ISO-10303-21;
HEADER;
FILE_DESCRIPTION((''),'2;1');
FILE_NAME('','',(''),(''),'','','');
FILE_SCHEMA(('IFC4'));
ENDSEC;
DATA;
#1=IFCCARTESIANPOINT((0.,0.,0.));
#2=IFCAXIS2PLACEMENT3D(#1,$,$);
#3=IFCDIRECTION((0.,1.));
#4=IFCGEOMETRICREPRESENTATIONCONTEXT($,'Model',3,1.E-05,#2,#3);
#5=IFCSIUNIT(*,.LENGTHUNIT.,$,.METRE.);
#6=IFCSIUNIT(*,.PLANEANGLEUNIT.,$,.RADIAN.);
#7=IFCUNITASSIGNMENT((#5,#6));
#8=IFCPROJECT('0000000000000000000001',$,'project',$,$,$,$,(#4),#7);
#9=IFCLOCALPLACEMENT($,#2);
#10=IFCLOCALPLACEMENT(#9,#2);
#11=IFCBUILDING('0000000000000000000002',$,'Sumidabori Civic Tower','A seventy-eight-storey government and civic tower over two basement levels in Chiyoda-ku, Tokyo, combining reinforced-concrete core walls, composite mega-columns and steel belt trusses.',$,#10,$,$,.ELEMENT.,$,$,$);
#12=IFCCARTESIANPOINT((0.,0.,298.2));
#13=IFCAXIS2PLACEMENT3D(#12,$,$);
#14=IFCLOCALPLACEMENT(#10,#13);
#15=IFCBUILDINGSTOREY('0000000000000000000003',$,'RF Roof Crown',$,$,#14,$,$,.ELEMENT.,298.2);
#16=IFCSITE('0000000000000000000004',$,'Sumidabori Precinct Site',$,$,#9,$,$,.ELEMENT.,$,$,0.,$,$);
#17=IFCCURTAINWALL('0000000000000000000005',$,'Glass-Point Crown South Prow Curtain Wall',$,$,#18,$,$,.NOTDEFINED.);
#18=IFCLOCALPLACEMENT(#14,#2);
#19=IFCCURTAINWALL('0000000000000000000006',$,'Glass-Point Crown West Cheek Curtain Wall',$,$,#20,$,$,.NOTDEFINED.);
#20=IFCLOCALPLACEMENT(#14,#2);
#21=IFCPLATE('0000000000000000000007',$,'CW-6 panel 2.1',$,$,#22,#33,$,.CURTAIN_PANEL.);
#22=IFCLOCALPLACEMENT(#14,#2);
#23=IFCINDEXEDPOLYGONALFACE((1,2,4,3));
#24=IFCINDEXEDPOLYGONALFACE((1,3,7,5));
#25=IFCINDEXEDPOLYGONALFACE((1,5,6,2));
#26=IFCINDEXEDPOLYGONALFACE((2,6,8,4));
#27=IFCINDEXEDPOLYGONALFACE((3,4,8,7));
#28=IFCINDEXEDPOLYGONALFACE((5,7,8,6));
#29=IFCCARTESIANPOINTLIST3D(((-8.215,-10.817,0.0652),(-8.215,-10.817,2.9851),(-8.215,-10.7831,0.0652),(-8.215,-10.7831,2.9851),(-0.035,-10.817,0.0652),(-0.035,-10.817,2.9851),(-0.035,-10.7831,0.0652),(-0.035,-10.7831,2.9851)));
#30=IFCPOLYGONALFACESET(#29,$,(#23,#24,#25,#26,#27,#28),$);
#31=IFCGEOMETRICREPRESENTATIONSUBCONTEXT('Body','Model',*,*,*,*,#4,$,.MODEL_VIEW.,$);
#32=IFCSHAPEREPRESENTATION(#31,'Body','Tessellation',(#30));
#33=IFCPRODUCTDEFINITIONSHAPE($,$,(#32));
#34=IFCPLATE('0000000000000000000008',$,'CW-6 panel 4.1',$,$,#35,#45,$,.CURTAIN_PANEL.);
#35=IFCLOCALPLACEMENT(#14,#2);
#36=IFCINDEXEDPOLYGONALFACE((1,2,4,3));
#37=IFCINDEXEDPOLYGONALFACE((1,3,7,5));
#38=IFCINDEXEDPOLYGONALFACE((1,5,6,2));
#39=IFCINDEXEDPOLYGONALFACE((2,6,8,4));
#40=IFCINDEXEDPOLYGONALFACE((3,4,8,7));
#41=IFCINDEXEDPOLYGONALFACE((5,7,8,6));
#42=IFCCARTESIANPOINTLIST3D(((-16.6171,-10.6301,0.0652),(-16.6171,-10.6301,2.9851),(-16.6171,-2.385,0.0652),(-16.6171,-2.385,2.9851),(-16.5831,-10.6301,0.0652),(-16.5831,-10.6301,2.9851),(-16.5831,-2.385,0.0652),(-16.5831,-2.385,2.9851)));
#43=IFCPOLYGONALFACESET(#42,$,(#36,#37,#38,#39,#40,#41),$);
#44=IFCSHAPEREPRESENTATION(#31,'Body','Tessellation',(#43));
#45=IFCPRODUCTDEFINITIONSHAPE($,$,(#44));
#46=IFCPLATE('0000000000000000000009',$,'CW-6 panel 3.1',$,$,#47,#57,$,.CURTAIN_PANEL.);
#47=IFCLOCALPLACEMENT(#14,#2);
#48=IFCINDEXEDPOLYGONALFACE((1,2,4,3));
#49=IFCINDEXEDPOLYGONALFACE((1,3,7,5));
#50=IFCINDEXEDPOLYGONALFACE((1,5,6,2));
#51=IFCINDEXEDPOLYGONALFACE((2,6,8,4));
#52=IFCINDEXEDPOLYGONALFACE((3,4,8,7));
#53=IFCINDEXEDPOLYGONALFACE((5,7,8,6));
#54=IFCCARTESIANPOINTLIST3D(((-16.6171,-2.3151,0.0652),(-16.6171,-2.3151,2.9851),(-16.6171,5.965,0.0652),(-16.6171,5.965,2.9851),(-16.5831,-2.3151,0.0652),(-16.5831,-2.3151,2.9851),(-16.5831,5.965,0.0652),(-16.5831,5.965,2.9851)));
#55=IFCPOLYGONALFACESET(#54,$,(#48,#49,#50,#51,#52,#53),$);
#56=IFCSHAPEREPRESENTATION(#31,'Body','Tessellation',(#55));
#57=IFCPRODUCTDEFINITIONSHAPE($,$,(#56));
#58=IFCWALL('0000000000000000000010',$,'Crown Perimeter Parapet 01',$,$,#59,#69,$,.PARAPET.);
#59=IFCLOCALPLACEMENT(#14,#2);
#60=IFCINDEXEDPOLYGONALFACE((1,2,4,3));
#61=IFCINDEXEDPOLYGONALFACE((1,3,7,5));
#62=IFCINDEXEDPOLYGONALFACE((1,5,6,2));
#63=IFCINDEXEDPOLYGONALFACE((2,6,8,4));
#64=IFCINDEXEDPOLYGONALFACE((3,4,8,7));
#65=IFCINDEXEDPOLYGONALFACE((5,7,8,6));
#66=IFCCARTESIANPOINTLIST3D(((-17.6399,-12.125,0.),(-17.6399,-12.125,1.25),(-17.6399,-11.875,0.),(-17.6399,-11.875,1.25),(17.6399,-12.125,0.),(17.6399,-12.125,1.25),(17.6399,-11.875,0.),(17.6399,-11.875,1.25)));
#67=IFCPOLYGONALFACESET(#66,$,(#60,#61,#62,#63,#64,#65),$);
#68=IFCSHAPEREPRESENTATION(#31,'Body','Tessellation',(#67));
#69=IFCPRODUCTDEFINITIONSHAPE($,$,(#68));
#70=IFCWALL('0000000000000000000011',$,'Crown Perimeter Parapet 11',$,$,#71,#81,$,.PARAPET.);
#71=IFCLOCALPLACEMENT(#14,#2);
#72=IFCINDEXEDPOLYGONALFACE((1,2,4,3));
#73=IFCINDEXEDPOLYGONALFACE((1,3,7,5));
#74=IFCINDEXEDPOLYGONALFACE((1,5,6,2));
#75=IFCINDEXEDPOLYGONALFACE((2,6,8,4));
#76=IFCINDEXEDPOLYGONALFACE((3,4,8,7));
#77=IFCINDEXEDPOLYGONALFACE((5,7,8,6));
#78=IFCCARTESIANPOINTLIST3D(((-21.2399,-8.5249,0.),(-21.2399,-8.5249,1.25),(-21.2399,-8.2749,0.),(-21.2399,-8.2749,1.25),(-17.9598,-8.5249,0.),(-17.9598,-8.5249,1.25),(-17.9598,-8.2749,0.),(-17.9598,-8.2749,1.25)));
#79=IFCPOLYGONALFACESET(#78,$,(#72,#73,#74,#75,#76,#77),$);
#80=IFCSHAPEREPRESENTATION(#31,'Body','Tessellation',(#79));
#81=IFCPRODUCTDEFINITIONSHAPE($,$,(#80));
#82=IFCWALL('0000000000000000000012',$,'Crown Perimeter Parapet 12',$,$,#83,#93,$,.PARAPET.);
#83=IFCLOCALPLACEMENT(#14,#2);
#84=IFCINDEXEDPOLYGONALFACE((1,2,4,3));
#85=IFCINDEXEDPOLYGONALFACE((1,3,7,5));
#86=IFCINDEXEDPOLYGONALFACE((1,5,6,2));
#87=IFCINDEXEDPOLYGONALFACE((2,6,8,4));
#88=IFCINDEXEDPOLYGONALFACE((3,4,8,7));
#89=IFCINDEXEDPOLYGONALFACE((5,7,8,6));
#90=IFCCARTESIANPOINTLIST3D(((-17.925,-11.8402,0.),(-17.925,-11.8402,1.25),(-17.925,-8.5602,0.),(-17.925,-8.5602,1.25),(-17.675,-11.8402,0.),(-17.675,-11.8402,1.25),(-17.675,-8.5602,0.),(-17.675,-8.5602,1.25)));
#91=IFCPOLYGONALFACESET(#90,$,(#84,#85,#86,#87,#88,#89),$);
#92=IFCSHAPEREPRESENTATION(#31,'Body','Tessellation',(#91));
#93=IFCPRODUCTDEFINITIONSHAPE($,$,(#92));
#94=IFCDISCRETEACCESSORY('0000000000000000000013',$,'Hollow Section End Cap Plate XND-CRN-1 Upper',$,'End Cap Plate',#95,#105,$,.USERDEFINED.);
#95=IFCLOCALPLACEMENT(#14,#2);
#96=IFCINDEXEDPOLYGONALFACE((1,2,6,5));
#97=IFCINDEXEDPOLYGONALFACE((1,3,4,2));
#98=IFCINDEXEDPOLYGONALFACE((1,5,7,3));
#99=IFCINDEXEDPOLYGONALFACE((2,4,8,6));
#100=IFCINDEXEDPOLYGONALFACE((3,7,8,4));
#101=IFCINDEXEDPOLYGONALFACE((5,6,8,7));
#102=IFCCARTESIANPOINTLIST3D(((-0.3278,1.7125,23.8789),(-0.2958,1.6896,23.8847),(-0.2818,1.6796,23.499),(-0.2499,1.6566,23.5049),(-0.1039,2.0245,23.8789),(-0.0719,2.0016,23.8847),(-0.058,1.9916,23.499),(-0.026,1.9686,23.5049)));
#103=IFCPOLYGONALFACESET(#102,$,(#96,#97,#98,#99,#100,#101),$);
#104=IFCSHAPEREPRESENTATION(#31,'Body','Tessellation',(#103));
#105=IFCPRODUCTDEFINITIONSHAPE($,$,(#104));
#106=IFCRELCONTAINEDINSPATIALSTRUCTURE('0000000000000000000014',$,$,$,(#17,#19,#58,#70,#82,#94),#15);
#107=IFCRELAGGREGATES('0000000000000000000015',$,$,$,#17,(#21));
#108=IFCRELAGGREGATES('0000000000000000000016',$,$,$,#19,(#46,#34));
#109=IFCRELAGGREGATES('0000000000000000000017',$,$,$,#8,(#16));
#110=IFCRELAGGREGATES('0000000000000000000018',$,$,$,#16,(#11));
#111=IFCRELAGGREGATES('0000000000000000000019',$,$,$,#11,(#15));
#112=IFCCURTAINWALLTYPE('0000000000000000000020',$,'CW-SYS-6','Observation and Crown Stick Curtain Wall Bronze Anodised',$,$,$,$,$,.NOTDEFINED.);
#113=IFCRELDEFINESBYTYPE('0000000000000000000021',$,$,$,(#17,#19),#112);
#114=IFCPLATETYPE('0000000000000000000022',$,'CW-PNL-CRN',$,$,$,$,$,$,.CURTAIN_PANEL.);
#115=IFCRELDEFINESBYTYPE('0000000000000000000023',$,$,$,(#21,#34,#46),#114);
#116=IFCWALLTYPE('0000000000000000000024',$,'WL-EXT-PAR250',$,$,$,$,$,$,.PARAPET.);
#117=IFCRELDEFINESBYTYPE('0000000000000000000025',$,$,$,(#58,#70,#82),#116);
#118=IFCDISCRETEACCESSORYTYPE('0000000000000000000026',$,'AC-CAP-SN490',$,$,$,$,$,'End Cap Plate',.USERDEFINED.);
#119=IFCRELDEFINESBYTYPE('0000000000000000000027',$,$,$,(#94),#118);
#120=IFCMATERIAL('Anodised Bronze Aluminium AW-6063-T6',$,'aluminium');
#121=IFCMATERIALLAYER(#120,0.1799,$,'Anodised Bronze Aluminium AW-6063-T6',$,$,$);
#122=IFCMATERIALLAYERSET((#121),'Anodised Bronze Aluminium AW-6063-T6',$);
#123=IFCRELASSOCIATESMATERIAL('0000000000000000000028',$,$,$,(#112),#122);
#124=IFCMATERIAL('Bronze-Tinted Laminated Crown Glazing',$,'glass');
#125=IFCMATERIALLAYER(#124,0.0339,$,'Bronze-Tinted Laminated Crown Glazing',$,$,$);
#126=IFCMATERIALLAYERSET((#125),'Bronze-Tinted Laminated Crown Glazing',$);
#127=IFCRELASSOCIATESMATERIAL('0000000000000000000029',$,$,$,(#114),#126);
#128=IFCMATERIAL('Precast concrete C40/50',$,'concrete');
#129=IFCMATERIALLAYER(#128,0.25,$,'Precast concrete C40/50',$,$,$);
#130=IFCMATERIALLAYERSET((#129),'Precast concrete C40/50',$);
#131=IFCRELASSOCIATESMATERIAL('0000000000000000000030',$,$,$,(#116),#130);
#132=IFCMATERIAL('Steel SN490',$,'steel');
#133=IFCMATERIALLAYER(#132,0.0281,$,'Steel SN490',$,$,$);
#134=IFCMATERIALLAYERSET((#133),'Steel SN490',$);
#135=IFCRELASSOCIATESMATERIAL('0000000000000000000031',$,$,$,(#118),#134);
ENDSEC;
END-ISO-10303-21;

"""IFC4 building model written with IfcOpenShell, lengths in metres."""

from ifc_helpers import new_model, si_unit, direction, frame, frame_2d, origin, origin_2d, place, context, subcontext, project, spatial, rectangle, extrude, source, transform, mapped, material, layer, layer_set, type_object, element, aggregate, save


model = new_model("IFC4")

# Units and contexts
model_context = context("Model", 3, precision=1e-05, world=origin(), true_north=direction((0.0, 1.0)))
body_context = subcontext(model_context, "Body", "Model", "MODEL_VIEW")
ifc_project = project(units=[si_unit("LENGTHUNIT", "METRE"), si_unit("PLANEANGLEUNIT", "RADIAN")], contexts=[model_context])

# Site, building, storey
site_placement = place(None, origin())
site = spatial("IfcSite", under=ifc_project, at=site_placement, Name="Sumidabori Precinct Site", CompositionType="ELEMENT", RefElevation=0.0)
building_placement = place(site_placement, origin())
building = spatial("IfcBuilding", under=site, at=building_placement, Name="Sumidabori Civic Tower", Description="A seventy-eight-storey government and civic tower over two basement levels in Chiyoda-ku, Tokyo, combining reinforced-concrete core walls, composite mega-columns and steel belt trusses.", CompositionType="ELEMENT")
storey_placement = place(building_placement, frame((0.0, 0.0, 298.2)))
storey = spatial("IfcBuildingStorey", under=building, at=storey_placement, Name="RF Roof Crown", CompositionType="ELEMENT", Elevation=298.2)

# Shared definitions
ifc_material_1 = material(Name="Steel SN490", Category="steel")

# Curtain walls
ifc_material_2 = material(Name="Anodised Bronze Aluminium AW-6063-T6", Category="aluminium")
ifc_layer_1 = layer(ifc_material_2, 0.1799, Name="Anodised Bronze Aluminium AW-6063-T6")
ifc_layer_set_1 = layer_set([ifc_layer_1], Name="Anodised Bronze Aluminium AW-6063-T6")
curtain_wall_type = type_object("IfcCurtainWallType", Name="CW-SYS-6", Description="Observation and Crown Stick Curtain Wall Bronze Anodised", PredefinedType="NOTDEFINED", material=ifc_layer_set_1)
curtain_wall_1_placement = place(storey_placement, origin())
curtain_wall_1 = element("IfcCurtainWall", 1, at=curtain_wall_1_placement, inside=storey, type_object=curtain_wall_type, Name="Glass-Point Crown South Prow Curtain Wall", PredefinedType="NOTDEFINED")
curtain_wall_2_placement = place(storey_placement, origin())
curtain_wall_2 = element("IfcCurtainWall", 2, at=curtain_wall_2_placement, inside=storey, type_object=curtain_wall_type, Name="Glass-Point Crown West Cheek Curtain Wall", PredefinedType="NOTDEFINED")

# Shared definitions
ifc_material_3 = material(Name="Bronze-Tinted Laminated Crown Glazing", Category="glass")
ifc_layer_2 = layer(ifc_material_3, 0.0339, Name="Bronze-Tinted Laminated Crown Glazing")
ifc_layer_set_2 = layer_set([ifc_layer_2], Name="Bronze-Tinted Laminated Crown Glazing")
plate_type_1 = type_object("IfcPlateType", Name="CW-PNL-CRN", PredefinedType="CURTAIN_PANEL", material=ifc_layer_set_2)

# Plates
shared_shape_1 = source(origin(), body_context, "Body", "SweptSolid", [
    extrude(rectangle(XDim=8.1799, YDim=0.0339, at=origin_2d()), origin(), (0.0, 0.0, 1.0), 2.9199),
])
plate_1_placement = place(storey_placement, frame((-4.125, -10.8, 0.0652), z_axis=(0.0, 0.0, 1.0), x_axis=(1.0, 0.0, 0.0)))
plate_1 = element("IfcPlate", 3, at=plate_1_placement, type_object=plate_type_1, Name="CW-6 panel 2.1", PredefinedType="CURTAIN_PANEL", context=body_context, shape_type="MappedRepresentation", body=[
    mapped(shared_shape_1, transform((0.0, 0.0, 0.0), x_axis=(1.0, 0.0, 0.0), y_axis=(0.0, 1.0, 0.0), z_axis=(0.0, 0.0, 1.0), scale=1.0)),
])
aggregate(curtain_wall_1, [plate_1])
shared_shape_2 = source(origin(), body_context, "Body", "SweptSolid", [
    extrude(rectangle(XDim=8.2451, YDim=0.0339, at=origin_2d()), origin(), (0.0, 0.0, 1.0), 2.9199),
])
plate_2_placement = place(storey_placement, frame((-16.6001, -6.5076, 0.0652), z_axis=(0.0, 0.0, 1.0), x_axis=(0.0, -1.0, 0.0)))
plate_2 = element("IfcPlate", 4, at=plate_2_placement, type_object=plate_type_1, Name="CW-6 panel 4.1", PredefinedType="CURTAIN_PANEL", context=body_context, shape_type="MappedRepresentation", body=[
    mapped(shared_shape_2, transform((0.0, 0.0, 0.0), x_axis=(1.0, 0.0, 0.0), y_axis=(0.0, 1.0, 0.0), z_axis=(0.0, 0.0, 1.0), scale=1.0)),
])
shared_shape_3 = source(origin(), body_context, "Body", "SweptSolid", [
    extrude(rectangle(XDim=8.28, YDim=0.0339, at=origin_2d()), origin(), (0.0, 0.0, 1.0), 2.9199),
])
plate_3_placement = place(storey_placement, frame((-16.6001, 1.825, 0.0652), z_axis=(0.0, 0.0, 1.0), x_axis=(0.0, -1.0, 0.0)))
plate_3 = element("IfcPlate", 5, at=plate_3_placement, type_object=plate_type_1, Name="CW-6 panel 3.1", PredefinedType="CURTAIN_PANEL", context=body_context, shape_type="MappedRepresentation", body=[
    mapped(shared_shape_3, transform((0.0, 0.0, 0.0), x_axis=(1.0, 0.0, 0.0), y_axis=(0.0, 1.0, 0.0), z_axis=(0.0, 0.0, 1.0), scale=1.0)),
])
aggregate(curtain_wall_2, [plate_3, plate_2])

# Walls
ifc_material_4 = material(Name="Precast concrete C40/50", Category="concrete")
ifc_layer_3 = layer(ifc_material_4, 0.25, Name="Precast concrete C40/50")
ifc_layer_set_3 = layer_set([ifc_layer_3], Name="Precast concrete C40/50")
wall_type = type_object("IfcWallType", Name="WL-EXT-PAR250", PredefinedType="PARAPET", material=ifc_layer_set_3)
shared_shape_4 = source(origin(), body_context, "Body", "SweptSolid", [
    extrude(rectangle(XDim=35.2798, YDim=0.25, at=frame_2d((17.6399, 0.0))), origin(), (0.0, 0.0, 1.0), 1.25),
])
wall_placement = place(storey_placement, frame((-17.6399, -12.0, 0.0), z_axis=(0.0, 0.0, 1.0), x_axis=(1.0, 0.0, 0.0)))
element("IfcWall", 6, at=wall_placement, inside=storey, type_object=wall_type, Name="Crown Perimeter Parapet 01", PredefinedType="PARAPET", context=body_context, shape_type="MappedRepresentation", body=[
    mapped(shared_shape_4, transform((0.0, 0.0, 0.0), x_axis=(1.0, 0.0, 0.0), y_axis=(0.0, 1.0, 0.0), z_axis=(0.0, 0.0, 1.0), scale=1.0)),
])
shared_shape_5 = source(origin(), body_context, "Body", "SweptSolid", [
    extrude(rectangle(XDim=3.28, YDim=0.25, at=frame_2d((1.6401, 0.0))), origin(), (0.0, 0.0, 1.0), 1.25),
])
for number, where, z_axis, x_axis, name in (
    (7, (-21.24, -8.3999, 0.0), (0.0, 0.0, 1.0), (1.0, 0.0, 0.0), "Crown Perimeter Parapet 11"),
    (8, (-17.8, -8.5601, 0.0), (0.0, 0.0, 1.0), (0.0, -1.0, 0.0), "Crown Perimeter Parapet 12"),
):
    element("IfcWall", number, at=place(storey_placement, frame(where, z_axis=z_axis, x_axis=x_axis)), inside=storey, type_object=wall_type, Name=name, PredefinedType="PARAPET", context=body_context, shape_type="MappedRepresentation", body=[
        mapped(shared_shape_5, transform((0.0, 0.0, 0.0), x_axis=(1.0, 0.0, 0.0), y_axis=(0.0, 1.0, 0.0), z_axis=(0.0, 0.0, 1.0), scale=1.0)),
    ])

# Discrete accessory
ifc_layer_4 = layer(ifc_material_1, 0.0281, Name="Steel SN490")
ifc_layer_set_4 = layer_set([ifc_layer_4], Name="Steel SN490")
discrete_accessory_type = type_object("IfcDiscreteAccessoryType", Name="AC-CAP-SN490", ElementType="End Cap Plate", PredefinedType="USERDEFINED", material=ifc_layer_set_4)
shared_shape_6 = source(origin(), body_context, "Body", "SweptSolid", [
    extrude(rectangle(XDim=0.384, YDim=0.384, at=origin_2d()), origin(), (0.0, 0.0, 1.0), 0.0398),
])
discrete_accessory_placement = place(storey_placement, frame((-0.1929, 1.8521, 23.689), z_axis=(0.80362, -0.576644, 0.147228), x_axis=(0.582997, 0.812474, 0.0)))
element("IfcDiscreteAccessory", 9, at=discrete_accessory_placement, inside=storey, type_object=discrete_accessory_type, Name="Hollow Section End Cap Plate XND-CRN-1 Upper", ObjectType="End Cap Plate", PredefinedType="USERDEFINED", context=body_context, shape_type="MappedRepresentation", body=[
    mapped(shared_shape_6, transform((0.0, 0.0, 0.0), x_axis=(1.0, 0.0, 0.0), y_axis=(0.0, 1.0, 0.0), z_axis=(0.0, 0.0, 1.0), scale=1.0)),
])

save(model, "model.ifc")
